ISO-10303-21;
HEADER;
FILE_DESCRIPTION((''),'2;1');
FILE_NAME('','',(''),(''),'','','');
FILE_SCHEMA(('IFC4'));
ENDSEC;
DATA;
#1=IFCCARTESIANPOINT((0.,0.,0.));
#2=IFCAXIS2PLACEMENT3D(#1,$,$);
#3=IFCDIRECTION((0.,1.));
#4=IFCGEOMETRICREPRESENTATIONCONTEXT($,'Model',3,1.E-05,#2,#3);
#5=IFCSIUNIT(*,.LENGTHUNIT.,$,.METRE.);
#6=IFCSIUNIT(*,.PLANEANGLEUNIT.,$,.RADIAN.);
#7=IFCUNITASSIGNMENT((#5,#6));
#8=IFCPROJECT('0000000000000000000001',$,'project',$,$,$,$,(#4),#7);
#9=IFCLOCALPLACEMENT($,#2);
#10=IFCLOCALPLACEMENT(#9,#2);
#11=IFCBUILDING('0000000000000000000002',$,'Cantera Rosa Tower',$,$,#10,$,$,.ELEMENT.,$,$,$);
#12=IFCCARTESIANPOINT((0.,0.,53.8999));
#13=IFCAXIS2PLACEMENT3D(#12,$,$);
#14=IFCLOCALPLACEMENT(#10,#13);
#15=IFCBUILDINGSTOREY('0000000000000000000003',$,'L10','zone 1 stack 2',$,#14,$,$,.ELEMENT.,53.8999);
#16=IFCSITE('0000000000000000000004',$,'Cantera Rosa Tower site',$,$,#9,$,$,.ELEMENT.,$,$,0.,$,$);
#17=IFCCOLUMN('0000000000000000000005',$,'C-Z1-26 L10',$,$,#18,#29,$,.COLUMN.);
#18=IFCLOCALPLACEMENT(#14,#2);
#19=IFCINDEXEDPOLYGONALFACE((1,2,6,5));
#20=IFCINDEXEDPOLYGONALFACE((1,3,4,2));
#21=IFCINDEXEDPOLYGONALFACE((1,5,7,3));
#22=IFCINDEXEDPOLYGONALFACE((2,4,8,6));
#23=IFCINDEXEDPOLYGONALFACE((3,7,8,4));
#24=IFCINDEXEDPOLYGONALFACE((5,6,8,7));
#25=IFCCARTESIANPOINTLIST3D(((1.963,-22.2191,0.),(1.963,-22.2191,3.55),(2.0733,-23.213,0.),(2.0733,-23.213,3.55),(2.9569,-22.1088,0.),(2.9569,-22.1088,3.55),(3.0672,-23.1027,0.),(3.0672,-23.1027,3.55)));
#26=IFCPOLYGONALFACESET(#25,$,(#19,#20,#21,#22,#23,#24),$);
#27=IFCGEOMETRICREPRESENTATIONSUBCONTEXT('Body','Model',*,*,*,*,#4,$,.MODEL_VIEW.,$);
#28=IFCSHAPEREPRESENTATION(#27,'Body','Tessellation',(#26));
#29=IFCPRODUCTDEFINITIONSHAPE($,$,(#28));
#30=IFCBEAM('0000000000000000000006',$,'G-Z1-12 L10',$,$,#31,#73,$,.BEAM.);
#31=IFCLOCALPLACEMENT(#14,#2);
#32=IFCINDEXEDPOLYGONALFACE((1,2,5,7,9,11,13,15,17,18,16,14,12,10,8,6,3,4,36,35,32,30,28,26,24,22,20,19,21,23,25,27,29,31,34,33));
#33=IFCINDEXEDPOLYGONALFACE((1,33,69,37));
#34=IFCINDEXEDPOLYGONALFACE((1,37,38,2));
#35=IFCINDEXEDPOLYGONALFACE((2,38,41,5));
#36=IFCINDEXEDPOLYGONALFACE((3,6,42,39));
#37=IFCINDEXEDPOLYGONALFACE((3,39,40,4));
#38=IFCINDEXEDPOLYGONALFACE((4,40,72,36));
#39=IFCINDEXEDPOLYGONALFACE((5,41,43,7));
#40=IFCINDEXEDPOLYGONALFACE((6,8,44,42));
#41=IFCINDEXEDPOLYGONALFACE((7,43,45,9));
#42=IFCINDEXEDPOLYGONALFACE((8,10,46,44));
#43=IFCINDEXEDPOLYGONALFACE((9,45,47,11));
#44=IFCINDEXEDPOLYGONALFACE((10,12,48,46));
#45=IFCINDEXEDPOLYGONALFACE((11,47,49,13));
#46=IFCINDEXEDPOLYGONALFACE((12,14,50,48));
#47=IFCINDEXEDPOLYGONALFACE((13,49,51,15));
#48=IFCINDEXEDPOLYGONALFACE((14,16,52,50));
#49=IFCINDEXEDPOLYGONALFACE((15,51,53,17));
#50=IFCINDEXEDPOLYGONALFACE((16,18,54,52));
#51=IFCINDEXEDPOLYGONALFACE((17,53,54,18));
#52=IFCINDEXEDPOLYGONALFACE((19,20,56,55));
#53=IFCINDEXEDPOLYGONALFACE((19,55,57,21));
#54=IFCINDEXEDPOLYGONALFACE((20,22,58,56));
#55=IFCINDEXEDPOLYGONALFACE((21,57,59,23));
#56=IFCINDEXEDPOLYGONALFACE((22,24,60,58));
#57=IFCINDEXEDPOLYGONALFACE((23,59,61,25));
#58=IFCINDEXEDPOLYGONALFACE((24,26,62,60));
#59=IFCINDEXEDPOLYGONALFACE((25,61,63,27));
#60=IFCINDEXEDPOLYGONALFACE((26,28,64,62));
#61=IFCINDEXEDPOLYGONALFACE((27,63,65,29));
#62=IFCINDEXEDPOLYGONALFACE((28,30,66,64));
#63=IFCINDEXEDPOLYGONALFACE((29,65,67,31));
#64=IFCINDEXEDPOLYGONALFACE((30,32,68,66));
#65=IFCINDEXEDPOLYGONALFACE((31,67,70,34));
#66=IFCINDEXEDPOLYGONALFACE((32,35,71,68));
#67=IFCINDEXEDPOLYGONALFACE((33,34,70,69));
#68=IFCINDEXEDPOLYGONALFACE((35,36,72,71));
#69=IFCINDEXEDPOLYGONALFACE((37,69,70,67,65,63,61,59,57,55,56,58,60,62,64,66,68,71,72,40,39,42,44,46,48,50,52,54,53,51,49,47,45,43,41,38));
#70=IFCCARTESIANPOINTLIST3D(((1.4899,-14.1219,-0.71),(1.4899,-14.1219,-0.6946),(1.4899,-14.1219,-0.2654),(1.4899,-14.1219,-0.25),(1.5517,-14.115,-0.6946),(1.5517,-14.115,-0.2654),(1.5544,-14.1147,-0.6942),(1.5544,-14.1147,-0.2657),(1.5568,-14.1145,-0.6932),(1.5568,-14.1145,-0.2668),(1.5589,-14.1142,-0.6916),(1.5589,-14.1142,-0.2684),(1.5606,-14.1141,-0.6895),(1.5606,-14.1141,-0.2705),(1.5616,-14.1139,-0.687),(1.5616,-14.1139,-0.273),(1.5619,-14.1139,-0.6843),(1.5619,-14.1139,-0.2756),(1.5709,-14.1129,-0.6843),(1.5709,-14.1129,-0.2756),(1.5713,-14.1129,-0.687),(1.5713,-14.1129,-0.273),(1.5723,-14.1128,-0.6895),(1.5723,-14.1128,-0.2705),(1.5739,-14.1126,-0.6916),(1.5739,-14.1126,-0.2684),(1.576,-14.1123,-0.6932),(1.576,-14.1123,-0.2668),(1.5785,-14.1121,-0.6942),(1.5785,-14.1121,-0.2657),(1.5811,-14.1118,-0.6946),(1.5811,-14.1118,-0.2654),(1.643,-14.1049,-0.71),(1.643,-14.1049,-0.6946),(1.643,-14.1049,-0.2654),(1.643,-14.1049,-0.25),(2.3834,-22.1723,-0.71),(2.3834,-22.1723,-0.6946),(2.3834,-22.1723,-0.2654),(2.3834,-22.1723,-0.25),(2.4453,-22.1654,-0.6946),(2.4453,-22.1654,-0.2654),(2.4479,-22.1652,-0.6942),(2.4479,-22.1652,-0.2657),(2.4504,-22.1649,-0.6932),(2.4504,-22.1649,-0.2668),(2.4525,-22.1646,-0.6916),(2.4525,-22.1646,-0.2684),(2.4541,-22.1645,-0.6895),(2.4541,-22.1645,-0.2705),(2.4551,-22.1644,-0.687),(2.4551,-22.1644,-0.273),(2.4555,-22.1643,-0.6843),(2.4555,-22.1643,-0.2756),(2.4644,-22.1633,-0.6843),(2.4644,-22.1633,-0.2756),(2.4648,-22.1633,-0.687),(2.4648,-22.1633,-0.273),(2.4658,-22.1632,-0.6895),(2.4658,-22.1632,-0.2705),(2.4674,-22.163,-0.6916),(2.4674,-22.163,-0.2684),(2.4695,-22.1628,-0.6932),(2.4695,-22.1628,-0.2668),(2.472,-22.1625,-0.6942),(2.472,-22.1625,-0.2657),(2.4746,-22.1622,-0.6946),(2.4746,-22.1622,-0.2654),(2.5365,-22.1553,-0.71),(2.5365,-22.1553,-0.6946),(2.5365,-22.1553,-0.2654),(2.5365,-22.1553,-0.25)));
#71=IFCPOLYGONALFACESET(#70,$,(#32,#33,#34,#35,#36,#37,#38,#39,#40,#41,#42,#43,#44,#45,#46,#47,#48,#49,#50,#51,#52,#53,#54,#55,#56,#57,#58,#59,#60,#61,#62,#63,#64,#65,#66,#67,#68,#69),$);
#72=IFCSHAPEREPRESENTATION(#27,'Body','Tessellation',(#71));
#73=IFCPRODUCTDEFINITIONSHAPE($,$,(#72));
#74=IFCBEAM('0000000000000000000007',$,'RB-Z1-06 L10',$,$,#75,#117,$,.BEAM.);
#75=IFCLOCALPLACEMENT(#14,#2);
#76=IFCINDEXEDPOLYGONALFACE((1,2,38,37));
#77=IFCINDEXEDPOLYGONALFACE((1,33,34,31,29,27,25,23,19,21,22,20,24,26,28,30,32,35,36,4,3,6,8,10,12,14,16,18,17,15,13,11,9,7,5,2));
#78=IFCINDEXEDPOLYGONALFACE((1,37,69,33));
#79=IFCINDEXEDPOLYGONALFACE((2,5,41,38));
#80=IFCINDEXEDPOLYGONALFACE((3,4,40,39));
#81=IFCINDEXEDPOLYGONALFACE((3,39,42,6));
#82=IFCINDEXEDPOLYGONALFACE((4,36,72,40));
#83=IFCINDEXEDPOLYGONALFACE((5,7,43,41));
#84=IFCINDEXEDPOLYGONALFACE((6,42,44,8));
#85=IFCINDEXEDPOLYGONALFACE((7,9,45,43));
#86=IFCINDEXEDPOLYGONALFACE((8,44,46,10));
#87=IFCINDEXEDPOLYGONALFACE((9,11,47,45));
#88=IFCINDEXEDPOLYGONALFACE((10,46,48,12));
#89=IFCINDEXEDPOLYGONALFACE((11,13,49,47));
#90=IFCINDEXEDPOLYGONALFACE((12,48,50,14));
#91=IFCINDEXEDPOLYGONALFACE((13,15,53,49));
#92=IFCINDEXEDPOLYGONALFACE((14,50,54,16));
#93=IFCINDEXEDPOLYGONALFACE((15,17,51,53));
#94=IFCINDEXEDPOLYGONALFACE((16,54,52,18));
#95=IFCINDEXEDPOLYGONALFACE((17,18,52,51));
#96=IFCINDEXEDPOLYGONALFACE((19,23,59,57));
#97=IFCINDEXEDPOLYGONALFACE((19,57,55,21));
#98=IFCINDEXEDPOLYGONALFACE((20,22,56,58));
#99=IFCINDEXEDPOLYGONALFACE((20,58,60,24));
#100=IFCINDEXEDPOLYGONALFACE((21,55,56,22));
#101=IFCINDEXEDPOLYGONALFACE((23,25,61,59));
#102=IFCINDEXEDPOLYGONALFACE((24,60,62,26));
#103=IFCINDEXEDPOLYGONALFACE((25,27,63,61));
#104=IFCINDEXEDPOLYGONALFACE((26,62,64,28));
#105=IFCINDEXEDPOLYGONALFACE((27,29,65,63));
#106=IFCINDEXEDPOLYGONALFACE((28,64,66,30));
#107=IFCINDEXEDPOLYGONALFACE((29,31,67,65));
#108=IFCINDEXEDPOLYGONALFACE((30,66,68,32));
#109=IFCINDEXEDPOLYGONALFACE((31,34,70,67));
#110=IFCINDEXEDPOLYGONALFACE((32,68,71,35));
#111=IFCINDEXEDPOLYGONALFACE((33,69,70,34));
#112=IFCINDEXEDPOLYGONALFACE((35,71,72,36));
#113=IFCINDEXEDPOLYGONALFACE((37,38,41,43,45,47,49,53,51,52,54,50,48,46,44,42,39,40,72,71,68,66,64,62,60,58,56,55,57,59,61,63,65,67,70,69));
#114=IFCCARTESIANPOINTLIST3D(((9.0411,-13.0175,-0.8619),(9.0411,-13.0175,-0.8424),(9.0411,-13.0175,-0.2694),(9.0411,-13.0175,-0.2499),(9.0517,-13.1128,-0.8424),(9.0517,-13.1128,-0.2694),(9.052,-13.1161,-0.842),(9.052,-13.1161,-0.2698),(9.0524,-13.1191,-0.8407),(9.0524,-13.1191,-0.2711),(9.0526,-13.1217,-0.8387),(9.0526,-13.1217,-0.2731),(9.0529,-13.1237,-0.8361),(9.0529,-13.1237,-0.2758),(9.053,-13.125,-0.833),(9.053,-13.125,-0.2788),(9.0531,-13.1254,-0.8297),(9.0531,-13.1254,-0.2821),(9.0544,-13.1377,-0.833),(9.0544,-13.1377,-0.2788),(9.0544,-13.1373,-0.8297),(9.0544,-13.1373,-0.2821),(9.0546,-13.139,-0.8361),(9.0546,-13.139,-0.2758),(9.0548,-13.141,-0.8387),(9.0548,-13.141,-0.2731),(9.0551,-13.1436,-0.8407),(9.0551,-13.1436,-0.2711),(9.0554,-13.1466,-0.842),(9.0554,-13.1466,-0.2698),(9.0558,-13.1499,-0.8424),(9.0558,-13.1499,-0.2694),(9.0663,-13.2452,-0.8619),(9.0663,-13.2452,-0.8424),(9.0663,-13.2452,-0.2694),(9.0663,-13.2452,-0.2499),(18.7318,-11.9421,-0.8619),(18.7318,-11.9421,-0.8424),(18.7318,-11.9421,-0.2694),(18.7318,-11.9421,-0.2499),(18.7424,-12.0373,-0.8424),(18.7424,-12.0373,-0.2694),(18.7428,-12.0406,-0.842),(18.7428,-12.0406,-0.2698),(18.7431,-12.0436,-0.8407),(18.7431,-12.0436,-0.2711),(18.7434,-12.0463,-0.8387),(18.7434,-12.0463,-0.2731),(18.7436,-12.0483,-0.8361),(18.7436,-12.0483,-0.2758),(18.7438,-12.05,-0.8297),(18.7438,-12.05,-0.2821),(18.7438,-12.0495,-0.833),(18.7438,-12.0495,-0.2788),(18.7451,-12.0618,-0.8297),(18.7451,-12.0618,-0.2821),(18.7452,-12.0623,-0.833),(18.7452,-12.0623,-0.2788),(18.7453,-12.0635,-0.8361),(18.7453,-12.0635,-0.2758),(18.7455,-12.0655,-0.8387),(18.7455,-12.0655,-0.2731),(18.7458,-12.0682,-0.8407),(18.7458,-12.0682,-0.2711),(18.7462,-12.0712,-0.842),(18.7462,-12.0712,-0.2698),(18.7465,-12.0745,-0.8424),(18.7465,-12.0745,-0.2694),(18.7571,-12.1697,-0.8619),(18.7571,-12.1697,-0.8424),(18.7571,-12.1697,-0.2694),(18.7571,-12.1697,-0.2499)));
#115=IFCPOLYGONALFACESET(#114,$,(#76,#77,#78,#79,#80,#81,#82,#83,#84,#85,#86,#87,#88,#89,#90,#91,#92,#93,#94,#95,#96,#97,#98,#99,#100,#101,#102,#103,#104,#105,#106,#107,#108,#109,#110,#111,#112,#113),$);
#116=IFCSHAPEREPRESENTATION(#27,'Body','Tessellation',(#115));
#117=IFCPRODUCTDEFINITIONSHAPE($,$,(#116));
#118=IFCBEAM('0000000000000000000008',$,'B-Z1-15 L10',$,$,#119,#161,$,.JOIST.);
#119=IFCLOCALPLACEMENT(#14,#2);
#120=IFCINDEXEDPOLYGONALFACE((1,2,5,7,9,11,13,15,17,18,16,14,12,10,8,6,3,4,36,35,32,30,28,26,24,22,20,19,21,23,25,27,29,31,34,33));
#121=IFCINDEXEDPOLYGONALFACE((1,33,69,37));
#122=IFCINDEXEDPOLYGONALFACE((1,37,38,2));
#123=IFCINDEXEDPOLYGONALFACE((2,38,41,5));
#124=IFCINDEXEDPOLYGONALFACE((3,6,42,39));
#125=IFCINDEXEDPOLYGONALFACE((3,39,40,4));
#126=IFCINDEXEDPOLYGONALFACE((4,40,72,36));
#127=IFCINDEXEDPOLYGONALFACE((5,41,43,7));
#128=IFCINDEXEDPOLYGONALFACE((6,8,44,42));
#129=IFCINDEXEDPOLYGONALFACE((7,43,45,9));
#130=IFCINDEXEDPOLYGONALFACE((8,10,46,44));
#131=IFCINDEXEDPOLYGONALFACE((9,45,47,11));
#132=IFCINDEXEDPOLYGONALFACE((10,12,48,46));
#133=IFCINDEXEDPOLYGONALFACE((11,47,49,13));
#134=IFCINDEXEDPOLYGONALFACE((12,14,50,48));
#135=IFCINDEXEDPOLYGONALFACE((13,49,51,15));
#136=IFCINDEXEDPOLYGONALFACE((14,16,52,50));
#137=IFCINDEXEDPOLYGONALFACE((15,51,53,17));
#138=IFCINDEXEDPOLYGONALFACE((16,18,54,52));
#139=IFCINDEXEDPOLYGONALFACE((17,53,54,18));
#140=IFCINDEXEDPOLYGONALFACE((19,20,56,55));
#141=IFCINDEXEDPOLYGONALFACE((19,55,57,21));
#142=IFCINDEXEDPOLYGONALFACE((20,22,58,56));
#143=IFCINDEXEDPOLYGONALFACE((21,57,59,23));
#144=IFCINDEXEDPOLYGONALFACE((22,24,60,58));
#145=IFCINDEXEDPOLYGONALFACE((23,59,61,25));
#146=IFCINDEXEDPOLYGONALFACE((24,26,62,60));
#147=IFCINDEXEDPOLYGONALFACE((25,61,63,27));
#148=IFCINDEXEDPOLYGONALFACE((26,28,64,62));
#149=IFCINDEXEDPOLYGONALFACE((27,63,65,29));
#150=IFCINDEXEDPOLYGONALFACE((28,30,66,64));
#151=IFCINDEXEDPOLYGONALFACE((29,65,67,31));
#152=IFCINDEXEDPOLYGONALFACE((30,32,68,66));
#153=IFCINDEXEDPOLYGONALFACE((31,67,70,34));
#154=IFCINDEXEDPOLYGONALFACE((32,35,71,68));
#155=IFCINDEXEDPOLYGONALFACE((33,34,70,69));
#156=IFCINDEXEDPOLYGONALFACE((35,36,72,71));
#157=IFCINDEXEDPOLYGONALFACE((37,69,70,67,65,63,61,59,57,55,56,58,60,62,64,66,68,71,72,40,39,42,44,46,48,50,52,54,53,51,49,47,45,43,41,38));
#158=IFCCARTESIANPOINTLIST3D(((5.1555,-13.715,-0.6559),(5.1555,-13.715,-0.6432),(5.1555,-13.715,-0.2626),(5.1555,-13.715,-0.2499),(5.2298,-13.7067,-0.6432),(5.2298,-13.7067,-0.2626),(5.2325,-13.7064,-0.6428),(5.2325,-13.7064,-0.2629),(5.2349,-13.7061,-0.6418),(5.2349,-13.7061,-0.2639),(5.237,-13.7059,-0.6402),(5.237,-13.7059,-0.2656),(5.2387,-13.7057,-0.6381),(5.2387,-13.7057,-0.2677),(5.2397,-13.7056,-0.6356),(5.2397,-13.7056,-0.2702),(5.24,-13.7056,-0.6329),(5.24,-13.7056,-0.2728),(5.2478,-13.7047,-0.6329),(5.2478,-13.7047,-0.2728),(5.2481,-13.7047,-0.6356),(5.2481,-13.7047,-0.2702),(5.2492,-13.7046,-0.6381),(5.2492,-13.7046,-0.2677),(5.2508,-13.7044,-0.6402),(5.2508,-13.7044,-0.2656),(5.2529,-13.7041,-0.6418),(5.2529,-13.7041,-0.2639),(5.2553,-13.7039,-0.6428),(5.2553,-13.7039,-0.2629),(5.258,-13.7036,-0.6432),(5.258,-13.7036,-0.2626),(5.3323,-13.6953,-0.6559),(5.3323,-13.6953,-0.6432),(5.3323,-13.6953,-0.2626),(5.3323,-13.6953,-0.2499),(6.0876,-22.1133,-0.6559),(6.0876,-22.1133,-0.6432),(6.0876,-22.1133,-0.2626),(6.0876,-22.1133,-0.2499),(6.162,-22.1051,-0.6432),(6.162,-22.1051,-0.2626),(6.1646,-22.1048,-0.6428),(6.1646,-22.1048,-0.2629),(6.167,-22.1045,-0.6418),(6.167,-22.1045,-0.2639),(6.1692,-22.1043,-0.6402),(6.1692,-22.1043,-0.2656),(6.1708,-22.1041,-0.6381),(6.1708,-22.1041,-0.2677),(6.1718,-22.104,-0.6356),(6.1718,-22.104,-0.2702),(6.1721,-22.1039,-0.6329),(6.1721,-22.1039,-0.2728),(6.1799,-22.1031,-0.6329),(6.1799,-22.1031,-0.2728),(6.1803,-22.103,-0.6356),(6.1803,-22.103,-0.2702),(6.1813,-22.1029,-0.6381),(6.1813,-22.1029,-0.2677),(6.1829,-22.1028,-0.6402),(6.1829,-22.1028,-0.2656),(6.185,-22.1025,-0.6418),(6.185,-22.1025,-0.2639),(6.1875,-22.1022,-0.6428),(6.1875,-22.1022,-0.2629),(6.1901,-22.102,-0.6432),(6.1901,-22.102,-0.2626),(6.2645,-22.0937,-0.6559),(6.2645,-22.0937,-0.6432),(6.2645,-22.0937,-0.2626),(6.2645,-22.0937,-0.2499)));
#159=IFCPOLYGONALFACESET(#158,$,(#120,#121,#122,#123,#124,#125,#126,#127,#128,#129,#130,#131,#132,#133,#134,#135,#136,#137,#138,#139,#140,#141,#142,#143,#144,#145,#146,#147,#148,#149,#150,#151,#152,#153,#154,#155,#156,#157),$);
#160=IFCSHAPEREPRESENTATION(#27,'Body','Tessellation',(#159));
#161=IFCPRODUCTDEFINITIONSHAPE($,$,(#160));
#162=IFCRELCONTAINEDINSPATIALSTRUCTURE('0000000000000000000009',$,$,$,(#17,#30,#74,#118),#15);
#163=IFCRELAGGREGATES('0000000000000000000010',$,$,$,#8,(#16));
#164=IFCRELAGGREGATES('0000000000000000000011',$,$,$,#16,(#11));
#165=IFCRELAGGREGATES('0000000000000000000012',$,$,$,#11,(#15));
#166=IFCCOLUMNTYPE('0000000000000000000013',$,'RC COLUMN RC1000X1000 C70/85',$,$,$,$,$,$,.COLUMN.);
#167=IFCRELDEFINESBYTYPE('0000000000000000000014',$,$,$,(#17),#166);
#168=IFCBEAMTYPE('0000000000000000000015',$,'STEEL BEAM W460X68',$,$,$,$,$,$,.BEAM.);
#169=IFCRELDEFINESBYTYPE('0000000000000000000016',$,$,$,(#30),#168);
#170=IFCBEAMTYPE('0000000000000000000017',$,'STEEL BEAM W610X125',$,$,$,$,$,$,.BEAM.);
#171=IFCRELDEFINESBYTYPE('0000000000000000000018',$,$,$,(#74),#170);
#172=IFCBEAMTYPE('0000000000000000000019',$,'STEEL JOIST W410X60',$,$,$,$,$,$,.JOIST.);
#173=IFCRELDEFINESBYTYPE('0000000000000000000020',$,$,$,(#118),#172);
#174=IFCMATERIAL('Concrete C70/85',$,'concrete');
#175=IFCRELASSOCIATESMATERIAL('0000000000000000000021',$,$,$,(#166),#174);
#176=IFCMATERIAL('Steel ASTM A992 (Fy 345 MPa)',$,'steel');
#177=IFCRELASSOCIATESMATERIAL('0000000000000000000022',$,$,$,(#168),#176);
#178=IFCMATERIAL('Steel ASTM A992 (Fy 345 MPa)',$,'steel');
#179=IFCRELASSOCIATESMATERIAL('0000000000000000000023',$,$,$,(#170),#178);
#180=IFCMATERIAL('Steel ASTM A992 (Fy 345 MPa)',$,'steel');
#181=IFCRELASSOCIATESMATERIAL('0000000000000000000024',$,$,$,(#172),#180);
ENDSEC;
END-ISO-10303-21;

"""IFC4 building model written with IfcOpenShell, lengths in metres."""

from ifc_helpers import new_model, si_unit, direction, frame, origin, origin_2d, place, context, subcontext, project, spatial, rectangle, i_section, extrude, material, material_profile, profile_set, type_object, element, save


model = new_model("IFC4")

# Units and contexts
model_context = context("Model", 3, precision=1e-05, world=origin(), true_north=direction((0.0, 1.0)))
body_context = subcontext(model_context, "Body", "Model", "MODEL_VIEW")
ifc_project = project(units=[si_unit("LENGTHUNIT", "METRE"), si_unit("PLANEANGLEUNIT", "RADIAN")], contexts=[model_context])

# Site, building, storey
site_placement = place(None, origin())
site = spatial("IfcSite", under=ifc_project, at=site_placement, Name="Cantera Rosa Tower site", CompositionType="ELEMENT", RefElevation=0.0)
building_placement = place(site_placement, origin())
building = spatial("IfcBuilding", under=site, at=building_placement, Name="Cantera Rosa Tower", CompositionType="ELEMENT")
storey_placement = place(building_placement, frame((0.0, 0.0, 53.8999)))
storey = spatial("IfcBuildingStorey", under=building, at=storey_placement, Name="L10", Description="zone 1 stack 2", CompositionType="ELEMENT", Elevation=53.8999)

# Column
ifc_material_1 = material(Name="Concrete C70/85", Category="concrete")
ifc_material_profile_1 = material_profile(ifc_material_1, rectangle(XDim=1.0, YDim=1.0, at=origin_2d()), Name="RC COLUMN RC1000X1000 C70/85")
ifc_profile_set_1 = profile_set([ifc_material_profile_1], Name="Concrete C70/85")
column_type = type_object("IfcColumnType", Name="RC COLUMN RC1000X1000 C70/85", PredefinedType="COLUMN", material=ifc_profile_set_1)
column_placement = place(storey_placement, frame((2.5151, -22.6609, 0.0), z_axis=(0.0, 0.0, 1.0), x_axis=(0.993897, 0.110313, 0.0)))
element("IfcColumn", 1, at=column_placement, inside=storey, type_object=column_type, Name="C-Z1-26 L10", PredefinedType="COLUMN", context=body_context, shape_type="SweptSolid", body=[
    extrude(rectangle(XDim=1.0, YDim=1.0, at=origin_2d()), origin(), (0.0, 0.0, 1.0), 3.55),
])

# Beams
ifc_material_2 = material(Name="Steel ASTM A992 (Fy 345 MPa)", Category="steel")
ifc_material_profile_2 = material_profile(ifc_material_2, i_section(OverallWidth=0.1541, OverallDepth=0.46, WebThickness=0.009, FlangeThickness=0.0154, FilletRadius=0.0103, at=origin_2d()), Name="W460X68")
ifc_profile_set_2 = profile_set([ifc_material_profile_2], Name="Steel ASTM A992 (Fy 345 MPa)")
beam_type_1 = type_object("IfcBeamType", Name="STEEL BEAM W460X68", PredefinedType="BEAM", material=ifc_profile_set_2)
beam_1_placement = place(storey_placement, frame((2.46, -22.1638, -0.48), z_axis=(-0.110316, 0.993897, 0.0), x_axis=(-0.993897, -0.110316, 0.0)))
element("IfcBeam", 2, at=beam_1_placement, inside=storey, type_object=beam_type_1, Name="G-Z1-12 L10", PredefinedType="BEAM", context=body_context, shape_type="SweptSolid", body=[
    extrude(i_section(OverallWidth=0.1541, OverallDepth=0.46, WebThickness=0.009, FlangeThickness=0.0154, FilletRadius=0.0103, at=origin_2d()), origin(), (0.0, 0.0, 1.0), 8.0999),
])
ifc_material_3 = material(Name="Steel ASTM A992 (Fy 345 MPa)", Category="steel")
ifc_material_profile_3 = material_profile(ifc_material_3, i_section(OverallWidth=0.229, OverallDepth=0.6121, WebThickness=0.012, FlangeThickness=0.0195, FilletRadius=0.0127, at=origin_2d()), Name="W610X125")
ifc_profile_set_3 = profile_set([ifc_material_profile_3], Name="Steel ASTM A992 (Fy 345 MPa)")
beam_type_2 = type_object("IfcBeamType", Name="STEEL BEAM W610X125", PredefinedType="BEAM", material=ifc_profile_set_3)
beam_2_placement = place(storey_placement, frame((9.0537, -13.1313, -0.5559), z_axis=(0.993898, 0.1103, 0.0), x_axis=(-0.1103, 0.993898, 0.0)))
element("IfcBeam", 3, at=beam_2_placement, inside=storey, type_object=beam_type_2, Name="RB-Z1-06 L10", PredefinedType="BEAM", context=body_context, shape_type="SweptSolid", body=[
    extrude(i_section(OverallWidth=0.229, OverallDepth=0.6121, WebThickness=0.012, FlangeThickness=0.0195, FilletRadius=0.0127, at=origin_2d()), origin(), (0.0, 0.0, 1.0), 9.7502),
])
ifc_material_4 = material(Name="Steel ASTM A992 (Fy 345 MPa)", Category="steel")
ifc_material_profile_4 = material_profile(ifc_material_4, i_section(OverallWidth=0.178, OverallDepth=0.406, WebThickness=0.0078, FlangeThickness=0.0127, FilletRadius=0.0103, at=origin_2d()), Name="W410X60")
ifc_profile_set_4 = profile_set([ifc_material_profile_4], Name="Steel ASTM A992 (Fy 345 MPa)")
beam_type_3 = type_object("IfcBeamType", Name="STEEL JOIST W410X60", PredefinedType="JOIST", material=ifc_profile_set_4)
beam_3_placement = place(storey_placement, frame((6.176, -22.1035, -0.4529), z_axis=(-0.110311, 0.993897, 0.0), x_axis=(-0.993897, -0.110311, 0.0)))
element("IfcBeam", 4, at=beam_3_placement, inside=storey, type_object=beam_type_3, Name="B-Z1-15 L10", PredefinedType="JOIST", context=body_context, shape_type="SweptSolid", body=[
    extrude(i_section(OverallWidth=0.178, OverallDepth=0.406, WebThickness=0.0078, FlangeThickness=0.0127, FilletRadius=0.0103, at=origin_2d()), origin(), (0.0, 0.0, 1.0), 8.45),
])

save(model, "model.ifc")
